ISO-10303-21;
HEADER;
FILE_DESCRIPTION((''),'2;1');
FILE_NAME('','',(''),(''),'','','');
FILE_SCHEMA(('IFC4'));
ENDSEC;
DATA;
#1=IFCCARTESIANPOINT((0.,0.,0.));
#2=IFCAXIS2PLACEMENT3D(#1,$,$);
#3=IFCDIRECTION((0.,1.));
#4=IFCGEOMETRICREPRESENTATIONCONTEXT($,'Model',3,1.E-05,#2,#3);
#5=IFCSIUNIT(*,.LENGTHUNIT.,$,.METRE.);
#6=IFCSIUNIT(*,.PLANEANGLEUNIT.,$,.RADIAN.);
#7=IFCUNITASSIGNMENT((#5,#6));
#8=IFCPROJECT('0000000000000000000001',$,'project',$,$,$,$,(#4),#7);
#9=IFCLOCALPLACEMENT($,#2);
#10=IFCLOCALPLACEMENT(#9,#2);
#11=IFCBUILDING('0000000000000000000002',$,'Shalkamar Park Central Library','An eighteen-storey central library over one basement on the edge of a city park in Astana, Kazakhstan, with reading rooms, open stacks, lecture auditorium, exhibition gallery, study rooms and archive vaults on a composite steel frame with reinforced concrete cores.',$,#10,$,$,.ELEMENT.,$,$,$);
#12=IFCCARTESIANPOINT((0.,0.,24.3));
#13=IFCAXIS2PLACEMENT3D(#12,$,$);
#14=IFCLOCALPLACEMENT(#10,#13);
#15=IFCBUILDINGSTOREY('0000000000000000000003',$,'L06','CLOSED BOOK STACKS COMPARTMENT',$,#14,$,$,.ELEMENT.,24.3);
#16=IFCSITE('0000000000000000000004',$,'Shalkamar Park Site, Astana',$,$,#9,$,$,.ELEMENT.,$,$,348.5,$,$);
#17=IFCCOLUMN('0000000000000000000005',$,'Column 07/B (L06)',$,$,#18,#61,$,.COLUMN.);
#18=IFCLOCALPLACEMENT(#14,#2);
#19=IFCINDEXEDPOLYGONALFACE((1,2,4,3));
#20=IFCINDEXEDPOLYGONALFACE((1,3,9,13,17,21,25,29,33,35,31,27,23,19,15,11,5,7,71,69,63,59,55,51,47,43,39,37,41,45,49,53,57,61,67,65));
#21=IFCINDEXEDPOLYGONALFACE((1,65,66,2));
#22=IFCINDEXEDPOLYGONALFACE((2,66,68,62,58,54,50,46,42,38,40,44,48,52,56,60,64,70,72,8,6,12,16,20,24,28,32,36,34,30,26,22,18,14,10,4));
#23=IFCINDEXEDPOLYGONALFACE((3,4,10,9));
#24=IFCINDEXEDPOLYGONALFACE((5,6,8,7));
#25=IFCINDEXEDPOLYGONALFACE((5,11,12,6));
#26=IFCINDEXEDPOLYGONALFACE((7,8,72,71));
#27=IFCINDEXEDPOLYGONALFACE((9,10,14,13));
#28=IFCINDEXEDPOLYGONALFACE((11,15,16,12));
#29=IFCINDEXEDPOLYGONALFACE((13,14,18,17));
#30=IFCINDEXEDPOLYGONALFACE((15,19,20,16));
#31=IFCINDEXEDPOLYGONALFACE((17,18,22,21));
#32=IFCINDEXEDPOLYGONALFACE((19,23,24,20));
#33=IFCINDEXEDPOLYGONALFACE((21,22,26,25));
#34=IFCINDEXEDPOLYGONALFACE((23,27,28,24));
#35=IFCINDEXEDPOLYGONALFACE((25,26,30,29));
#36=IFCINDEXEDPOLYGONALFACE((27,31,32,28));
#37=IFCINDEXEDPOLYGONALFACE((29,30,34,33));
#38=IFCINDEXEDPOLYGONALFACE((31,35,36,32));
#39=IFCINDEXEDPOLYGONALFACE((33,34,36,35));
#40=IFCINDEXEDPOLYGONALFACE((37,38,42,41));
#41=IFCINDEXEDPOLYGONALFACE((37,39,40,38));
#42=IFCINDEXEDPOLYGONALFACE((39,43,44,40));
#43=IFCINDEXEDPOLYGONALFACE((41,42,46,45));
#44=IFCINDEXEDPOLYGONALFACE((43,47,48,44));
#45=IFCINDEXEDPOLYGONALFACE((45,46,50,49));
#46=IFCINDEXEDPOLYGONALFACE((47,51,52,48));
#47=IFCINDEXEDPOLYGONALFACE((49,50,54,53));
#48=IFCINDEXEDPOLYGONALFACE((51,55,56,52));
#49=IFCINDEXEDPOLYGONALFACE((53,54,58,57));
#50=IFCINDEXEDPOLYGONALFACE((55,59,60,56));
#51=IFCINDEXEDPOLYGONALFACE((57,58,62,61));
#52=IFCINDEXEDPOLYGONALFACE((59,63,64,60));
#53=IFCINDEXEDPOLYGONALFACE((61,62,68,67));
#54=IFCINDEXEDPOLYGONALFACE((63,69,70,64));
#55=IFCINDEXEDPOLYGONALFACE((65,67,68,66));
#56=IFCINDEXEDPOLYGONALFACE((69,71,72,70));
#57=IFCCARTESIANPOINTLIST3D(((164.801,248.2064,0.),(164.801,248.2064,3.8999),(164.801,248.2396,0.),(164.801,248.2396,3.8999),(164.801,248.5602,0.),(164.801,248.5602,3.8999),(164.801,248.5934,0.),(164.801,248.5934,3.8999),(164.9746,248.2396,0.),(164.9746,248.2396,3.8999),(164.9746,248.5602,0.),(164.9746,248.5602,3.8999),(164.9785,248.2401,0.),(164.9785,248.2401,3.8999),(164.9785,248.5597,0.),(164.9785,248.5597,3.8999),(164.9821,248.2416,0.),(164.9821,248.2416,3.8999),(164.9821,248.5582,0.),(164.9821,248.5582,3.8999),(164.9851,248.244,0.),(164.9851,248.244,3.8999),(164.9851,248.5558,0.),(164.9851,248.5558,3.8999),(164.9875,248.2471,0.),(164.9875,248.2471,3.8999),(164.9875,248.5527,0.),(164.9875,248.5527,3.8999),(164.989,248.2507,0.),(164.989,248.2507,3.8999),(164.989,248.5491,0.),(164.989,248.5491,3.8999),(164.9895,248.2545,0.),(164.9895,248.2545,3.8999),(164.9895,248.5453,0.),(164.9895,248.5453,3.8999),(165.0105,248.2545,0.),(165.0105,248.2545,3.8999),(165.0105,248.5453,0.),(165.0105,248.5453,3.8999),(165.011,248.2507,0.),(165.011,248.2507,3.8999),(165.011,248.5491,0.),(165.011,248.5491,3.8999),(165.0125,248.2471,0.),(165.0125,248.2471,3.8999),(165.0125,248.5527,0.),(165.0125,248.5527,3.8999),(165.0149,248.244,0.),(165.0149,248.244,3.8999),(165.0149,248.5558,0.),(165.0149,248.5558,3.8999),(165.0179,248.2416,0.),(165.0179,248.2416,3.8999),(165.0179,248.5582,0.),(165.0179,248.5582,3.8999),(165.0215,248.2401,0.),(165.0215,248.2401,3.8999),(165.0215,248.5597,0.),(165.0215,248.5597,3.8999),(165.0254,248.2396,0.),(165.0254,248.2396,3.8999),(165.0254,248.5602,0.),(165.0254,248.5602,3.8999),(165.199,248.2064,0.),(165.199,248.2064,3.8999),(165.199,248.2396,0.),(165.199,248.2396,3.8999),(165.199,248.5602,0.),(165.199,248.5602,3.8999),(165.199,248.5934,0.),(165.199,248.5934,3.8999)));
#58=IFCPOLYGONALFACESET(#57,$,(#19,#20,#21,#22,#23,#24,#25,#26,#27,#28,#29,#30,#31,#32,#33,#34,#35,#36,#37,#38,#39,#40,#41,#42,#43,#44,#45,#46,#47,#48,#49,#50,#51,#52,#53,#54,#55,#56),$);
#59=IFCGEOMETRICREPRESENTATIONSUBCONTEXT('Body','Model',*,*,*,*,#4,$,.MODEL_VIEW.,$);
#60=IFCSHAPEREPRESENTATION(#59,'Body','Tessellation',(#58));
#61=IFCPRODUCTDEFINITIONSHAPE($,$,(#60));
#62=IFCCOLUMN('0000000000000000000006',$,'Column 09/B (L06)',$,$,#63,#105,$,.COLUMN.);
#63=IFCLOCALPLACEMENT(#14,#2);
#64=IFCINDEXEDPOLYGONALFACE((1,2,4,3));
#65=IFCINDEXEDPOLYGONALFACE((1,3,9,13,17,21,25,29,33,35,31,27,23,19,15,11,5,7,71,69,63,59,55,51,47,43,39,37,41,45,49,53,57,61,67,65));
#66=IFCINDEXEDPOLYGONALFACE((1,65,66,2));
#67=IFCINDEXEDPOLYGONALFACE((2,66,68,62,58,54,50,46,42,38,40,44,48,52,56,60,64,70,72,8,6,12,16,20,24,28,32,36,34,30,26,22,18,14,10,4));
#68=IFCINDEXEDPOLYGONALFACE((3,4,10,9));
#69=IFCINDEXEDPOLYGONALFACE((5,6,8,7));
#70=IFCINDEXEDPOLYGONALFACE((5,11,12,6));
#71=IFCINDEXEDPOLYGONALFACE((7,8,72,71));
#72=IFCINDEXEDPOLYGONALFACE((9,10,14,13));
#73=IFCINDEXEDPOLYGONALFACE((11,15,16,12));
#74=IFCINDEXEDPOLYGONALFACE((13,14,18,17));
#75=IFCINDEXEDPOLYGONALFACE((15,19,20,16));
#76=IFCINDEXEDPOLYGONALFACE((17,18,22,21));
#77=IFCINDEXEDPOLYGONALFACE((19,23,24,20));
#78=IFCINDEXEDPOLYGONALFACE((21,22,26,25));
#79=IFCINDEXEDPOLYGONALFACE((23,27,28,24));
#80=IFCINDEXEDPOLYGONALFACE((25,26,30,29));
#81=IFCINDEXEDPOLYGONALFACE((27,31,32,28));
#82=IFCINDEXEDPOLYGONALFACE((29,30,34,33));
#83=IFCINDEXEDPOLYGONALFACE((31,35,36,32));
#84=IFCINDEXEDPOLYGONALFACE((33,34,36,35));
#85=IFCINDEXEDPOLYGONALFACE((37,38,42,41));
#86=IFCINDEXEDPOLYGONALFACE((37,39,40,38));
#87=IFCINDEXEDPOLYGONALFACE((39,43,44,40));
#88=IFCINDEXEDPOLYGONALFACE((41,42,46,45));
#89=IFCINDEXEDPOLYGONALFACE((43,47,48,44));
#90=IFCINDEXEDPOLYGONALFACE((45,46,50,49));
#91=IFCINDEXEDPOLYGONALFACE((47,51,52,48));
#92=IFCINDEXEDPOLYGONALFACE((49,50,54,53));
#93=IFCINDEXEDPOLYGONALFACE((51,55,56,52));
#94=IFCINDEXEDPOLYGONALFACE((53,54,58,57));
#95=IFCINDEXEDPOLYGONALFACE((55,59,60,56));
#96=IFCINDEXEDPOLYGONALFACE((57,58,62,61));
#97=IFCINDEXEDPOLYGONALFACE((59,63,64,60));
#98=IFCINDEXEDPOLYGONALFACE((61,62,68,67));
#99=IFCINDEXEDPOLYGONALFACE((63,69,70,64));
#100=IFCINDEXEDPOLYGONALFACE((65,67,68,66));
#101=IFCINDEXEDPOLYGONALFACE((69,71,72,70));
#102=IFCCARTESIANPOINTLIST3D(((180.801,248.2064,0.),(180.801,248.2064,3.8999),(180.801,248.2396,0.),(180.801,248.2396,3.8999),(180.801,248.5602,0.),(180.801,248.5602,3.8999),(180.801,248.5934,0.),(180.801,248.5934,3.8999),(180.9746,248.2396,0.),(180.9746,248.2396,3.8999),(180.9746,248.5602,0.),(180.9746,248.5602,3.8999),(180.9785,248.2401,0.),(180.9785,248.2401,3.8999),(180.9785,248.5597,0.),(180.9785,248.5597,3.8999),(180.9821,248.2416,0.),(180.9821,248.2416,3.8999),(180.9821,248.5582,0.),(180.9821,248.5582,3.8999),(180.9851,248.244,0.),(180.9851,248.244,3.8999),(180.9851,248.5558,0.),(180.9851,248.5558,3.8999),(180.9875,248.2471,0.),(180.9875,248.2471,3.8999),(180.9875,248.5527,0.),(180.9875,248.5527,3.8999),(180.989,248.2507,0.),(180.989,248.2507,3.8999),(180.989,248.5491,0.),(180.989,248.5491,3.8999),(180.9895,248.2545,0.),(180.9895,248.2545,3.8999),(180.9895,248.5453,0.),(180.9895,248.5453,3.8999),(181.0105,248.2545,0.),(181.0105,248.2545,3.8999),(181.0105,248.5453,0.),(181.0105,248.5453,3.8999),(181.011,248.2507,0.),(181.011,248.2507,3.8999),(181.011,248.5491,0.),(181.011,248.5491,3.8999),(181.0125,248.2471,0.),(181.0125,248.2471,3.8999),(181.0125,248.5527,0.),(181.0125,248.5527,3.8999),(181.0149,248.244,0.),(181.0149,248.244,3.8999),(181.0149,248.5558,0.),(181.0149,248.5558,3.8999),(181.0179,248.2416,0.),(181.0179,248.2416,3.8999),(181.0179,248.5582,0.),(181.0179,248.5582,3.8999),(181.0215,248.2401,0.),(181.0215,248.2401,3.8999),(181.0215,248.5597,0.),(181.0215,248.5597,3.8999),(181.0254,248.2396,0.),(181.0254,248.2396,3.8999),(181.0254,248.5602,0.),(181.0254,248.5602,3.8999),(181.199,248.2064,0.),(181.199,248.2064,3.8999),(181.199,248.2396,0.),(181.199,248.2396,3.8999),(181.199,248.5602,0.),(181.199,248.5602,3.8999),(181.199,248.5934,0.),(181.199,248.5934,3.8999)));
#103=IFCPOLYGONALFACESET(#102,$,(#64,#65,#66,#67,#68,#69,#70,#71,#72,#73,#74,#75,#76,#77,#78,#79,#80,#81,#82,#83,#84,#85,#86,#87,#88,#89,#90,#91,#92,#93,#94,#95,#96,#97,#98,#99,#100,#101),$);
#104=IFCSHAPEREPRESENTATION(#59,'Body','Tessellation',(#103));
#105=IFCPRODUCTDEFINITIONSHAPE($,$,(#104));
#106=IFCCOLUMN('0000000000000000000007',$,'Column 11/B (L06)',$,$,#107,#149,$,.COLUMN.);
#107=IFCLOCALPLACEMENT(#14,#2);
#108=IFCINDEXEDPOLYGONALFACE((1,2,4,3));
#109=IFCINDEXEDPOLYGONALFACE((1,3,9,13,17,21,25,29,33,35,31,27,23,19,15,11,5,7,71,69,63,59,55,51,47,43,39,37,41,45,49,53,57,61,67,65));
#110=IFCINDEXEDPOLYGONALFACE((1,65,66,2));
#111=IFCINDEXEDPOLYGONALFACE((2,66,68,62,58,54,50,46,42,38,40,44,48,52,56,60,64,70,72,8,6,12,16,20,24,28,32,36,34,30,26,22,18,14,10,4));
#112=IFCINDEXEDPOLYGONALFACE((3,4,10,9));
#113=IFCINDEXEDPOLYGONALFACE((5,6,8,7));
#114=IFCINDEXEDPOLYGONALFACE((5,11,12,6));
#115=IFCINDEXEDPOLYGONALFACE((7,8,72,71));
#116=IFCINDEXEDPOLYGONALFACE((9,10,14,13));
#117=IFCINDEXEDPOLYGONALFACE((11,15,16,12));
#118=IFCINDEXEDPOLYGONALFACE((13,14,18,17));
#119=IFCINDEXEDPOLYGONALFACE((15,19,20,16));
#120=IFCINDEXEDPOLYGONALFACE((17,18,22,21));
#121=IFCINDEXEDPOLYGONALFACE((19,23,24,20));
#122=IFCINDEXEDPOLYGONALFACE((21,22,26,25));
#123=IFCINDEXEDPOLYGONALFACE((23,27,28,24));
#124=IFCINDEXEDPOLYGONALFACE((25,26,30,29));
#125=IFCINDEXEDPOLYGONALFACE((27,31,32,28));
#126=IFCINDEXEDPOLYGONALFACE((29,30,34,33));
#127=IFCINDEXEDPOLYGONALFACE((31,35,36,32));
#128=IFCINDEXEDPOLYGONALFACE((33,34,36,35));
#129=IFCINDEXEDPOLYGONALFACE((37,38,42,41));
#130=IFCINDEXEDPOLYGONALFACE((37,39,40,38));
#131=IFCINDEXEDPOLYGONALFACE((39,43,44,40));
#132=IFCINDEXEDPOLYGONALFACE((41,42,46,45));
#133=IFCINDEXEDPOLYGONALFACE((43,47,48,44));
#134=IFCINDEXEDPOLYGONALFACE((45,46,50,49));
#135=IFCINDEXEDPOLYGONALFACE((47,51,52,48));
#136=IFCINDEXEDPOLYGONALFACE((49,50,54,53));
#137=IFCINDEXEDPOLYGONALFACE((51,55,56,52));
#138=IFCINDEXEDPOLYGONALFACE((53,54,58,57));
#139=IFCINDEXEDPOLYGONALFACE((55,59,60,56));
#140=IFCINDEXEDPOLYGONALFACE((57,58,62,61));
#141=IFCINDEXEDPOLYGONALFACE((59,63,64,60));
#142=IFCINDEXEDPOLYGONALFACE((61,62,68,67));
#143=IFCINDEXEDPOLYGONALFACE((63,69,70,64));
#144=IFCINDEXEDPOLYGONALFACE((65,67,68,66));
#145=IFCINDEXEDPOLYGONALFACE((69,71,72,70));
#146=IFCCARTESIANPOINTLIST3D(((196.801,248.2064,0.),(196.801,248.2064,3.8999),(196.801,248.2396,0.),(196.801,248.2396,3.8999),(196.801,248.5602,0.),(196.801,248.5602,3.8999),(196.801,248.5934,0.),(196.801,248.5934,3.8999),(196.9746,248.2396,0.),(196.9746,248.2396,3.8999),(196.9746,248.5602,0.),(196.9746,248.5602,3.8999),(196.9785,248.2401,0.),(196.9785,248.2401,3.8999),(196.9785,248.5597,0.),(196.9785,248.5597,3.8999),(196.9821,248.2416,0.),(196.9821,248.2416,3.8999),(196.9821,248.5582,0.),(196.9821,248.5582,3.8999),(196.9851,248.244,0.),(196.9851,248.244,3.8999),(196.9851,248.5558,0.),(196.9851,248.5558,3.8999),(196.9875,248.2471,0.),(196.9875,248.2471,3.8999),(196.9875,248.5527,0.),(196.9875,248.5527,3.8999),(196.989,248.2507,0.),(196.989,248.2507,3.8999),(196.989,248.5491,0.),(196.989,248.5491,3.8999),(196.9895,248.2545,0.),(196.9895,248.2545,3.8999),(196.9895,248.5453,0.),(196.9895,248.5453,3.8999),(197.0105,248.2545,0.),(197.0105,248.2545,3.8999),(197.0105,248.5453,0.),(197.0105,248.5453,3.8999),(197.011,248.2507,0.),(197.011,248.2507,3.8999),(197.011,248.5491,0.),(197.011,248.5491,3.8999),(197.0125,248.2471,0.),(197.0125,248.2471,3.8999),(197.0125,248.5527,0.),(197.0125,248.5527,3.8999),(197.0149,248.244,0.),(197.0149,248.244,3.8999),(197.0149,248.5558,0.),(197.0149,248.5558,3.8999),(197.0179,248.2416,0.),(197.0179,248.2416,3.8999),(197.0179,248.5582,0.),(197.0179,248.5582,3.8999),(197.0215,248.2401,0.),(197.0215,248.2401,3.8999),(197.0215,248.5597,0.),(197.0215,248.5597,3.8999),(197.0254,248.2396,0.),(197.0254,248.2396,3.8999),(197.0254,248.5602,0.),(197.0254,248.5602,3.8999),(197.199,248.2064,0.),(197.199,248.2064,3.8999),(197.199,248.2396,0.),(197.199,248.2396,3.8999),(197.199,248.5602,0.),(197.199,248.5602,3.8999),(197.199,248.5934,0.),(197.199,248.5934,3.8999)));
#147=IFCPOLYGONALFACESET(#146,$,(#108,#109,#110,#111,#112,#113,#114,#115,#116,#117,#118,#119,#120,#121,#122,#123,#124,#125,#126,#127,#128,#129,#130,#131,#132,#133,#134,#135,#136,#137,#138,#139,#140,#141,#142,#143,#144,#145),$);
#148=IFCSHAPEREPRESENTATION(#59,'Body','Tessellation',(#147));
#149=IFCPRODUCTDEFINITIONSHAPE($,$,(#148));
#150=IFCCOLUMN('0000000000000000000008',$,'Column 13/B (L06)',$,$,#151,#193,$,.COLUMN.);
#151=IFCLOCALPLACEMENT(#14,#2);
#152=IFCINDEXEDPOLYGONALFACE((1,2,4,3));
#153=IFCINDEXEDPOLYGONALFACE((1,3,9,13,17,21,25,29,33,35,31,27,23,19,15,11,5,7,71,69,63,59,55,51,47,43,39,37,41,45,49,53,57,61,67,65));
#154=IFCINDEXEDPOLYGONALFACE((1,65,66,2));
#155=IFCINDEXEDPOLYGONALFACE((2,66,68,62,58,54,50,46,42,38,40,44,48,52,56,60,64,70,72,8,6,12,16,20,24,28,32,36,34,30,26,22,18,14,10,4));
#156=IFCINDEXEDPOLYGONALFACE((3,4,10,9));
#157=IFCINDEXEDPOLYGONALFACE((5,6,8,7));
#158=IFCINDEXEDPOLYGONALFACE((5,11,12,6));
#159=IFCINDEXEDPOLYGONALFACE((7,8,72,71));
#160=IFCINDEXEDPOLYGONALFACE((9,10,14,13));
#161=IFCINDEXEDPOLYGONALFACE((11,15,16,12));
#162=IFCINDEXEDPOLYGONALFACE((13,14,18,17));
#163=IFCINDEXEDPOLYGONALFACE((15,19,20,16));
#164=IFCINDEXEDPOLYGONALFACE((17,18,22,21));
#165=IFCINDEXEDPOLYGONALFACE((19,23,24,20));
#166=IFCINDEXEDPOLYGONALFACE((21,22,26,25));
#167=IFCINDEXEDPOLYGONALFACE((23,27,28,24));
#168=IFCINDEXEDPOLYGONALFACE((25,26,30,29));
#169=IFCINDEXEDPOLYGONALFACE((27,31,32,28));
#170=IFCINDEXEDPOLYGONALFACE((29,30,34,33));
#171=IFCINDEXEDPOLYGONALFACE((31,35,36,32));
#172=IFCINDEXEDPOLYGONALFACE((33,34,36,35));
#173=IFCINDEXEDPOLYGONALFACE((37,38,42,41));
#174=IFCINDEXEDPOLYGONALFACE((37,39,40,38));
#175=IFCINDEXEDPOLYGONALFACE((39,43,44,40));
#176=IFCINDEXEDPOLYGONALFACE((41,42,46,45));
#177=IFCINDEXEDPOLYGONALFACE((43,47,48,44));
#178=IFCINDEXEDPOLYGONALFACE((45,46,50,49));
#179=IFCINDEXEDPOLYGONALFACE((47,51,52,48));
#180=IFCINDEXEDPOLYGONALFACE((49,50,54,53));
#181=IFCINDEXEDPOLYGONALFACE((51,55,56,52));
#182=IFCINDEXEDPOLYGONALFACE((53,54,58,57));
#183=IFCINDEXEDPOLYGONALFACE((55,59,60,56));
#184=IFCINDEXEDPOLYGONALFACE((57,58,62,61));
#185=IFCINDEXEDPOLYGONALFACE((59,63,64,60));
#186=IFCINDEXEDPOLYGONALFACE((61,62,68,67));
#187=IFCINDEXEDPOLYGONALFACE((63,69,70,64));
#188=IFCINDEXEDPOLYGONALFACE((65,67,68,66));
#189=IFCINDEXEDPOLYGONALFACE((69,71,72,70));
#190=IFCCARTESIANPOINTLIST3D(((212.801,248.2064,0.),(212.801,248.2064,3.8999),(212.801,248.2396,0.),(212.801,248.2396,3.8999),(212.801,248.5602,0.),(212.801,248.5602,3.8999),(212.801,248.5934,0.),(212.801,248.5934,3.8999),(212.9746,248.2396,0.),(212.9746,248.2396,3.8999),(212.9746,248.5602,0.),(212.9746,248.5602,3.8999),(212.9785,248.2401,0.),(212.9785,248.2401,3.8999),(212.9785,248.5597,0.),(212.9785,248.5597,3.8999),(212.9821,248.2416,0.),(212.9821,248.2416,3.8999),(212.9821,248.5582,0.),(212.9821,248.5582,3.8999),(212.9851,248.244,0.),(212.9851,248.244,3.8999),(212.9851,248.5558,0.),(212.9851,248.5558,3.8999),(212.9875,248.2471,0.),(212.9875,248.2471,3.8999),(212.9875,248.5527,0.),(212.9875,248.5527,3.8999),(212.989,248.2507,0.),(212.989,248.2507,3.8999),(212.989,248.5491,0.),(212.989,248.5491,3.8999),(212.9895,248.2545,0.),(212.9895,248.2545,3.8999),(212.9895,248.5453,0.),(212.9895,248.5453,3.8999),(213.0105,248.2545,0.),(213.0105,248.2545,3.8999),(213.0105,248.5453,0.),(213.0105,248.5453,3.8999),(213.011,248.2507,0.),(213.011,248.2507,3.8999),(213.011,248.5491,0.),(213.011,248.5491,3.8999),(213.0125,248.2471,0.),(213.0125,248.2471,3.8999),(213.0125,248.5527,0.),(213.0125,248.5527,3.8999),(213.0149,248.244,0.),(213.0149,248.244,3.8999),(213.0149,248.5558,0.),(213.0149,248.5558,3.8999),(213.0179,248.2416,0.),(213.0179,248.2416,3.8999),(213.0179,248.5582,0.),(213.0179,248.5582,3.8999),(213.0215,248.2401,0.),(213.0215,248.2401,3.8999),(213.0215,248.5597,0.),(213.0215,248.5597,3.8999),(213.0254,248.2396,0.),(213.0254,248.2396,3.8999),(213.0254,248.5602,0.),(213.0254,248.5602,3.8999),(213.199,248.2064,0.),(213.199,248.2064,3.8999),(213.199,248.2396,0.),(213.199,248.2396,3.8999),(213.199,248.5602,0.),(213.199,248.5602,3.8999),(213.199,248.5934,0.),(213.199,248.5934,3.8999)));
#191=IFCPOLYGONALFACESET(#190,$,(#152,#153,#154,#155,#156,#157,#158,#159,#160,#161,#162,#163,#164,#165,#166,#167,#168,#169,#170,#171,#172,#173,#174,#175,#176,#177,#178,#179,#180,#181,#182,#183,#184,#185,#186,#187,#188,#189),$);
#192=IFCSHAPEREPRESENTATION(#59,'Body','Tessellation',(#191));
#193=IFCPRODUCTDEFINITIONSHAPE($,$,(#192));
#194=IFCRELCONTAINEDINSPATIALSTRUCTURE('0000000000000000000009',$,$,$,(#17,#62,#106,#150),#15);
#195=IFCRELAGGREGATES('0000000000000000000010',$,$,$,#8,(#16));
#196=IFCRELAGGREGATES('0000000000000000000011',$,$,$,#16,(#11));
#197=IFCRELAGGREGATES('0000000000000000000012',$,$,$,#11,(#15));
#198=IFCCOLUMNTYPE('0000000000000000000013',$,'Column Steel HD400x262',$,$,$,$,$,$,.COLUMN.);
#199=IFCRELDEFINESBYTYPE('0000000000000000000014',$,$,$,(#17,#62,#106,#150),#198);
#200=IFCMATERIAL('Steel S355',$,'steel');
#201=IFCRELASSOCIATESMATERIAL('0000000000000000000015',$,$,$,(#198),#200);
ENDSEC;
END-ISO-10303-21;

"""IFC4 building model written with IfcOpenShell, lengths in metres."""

from ifc_helpers import new_model, si_unit, direction, frame, origin, origin_2d, place, context, subcontext, project, spatial, i_section, extrude, material, material_profile, profile_set, type_object, element, save


model = new_model("IFC4")

# Units and contexts
model_context = context("Model", 3, precision=1e-05, world=origin(), true_north=direction((0.0, 1.0)))
body_context = subcontext(model_context, "Body", "Model", "MODEL_VIEW")
ifc_project = project(units=[si_unit("LENGTHUNIT", "METRE"), si_unit("PLANEANGLEUNIT", "RADIAN")], contexts=[model_context])

# Site, building, storey
site_placement = place(None, origin())
site = spatial("IfcSite", under=ifc_project, at=site_placement, Name="Shalkamar Park Site, Astana", CompositionType="ELEMENT", RefElevation=348.5)
building_placement = place(site_placement, origin())
building = spatial("IfcBuilding", under=site, at=building_placement, Name="Shalkamar Park Central Library", Description="An eighteen-storey central library over one basement on the edge of a city park in Astana, Kazakhstan, with reading rooms, open stacks, lecture auditorium, exhibition gallery, study rooms and archive vaults on a composite steel frame with reinforced concrete cores.", CompositionType="ELEMENT")
storey_placement = place(building_placement, frame((0.0, 0.0, 24.3)))
storey = spatial("IfcBuildingStorey", under=building, at=storey_placement, Name="L06", Description="CLOSED BOOK STACKS COMPARTMENT", CompositionType="ELEMENT", Elevation=24.3)

# Columns
ifc_material_1 = material(Name="Steel S355", Category="steel")
ifc_material_profile_1 = material_profile(ifc_material_1, i_section(OverallWidth=0.3979, OverallDepth=0.387, WebThickness=0.021, FlangeThickness=0.0332, FilletRadius=0.0149, at=origin_2d()), Name="HD 400x262")
ifc_profile_set_1 = profile_set([ifc_material_profile_1], Name="Steel S355")
column_type_1 = type_object("IfcColumnType", Name="Column Steel HD400x262", PredefinedType="COLUMN", material=ifc_profile_set_1)
for number, where, z_axis, x_axis, name in (
    (1, (165.0, 248.3999, 0.0), (0.0, 0.0, 1.0), (1.0, 0.0, 0.0), "Column 07/B (L06)"),
    (2, (181.0, 248.3999, 0.0), (0.0, 0.0, 1.0), (1.0, 0.0, 0.0), "Column 09/B (L06)"),
    (3, (197.0, 248.3999, 0.0), (0.0, 0.0, 1.0), (1.0, 0.0, 0.0), "Column 11/B (L06)"),
    (4, (213.0, 248.3999, 0.0), (0.0, 0.0, 1.0), (1.0, 0.0, 0.0), "Column 13/B (L06)"),
):
    element("IfcColumn", number, at=place(storey_placement, frame(where, z_axis=z_axis, x_axis=x_axis)), inside=storey, type_object=column_type_1, Name=name, PredefinedType="COLUMN", context=body_context, shape_type="SweptSolid", body=[
        extrude(i_section(OverallWidth=0.3979, OverallDepth=0.387, WebThickness=0.021, FlangeThickness=0.0332, FilletRadius=0.0149, at=origin_2d()), origin(), (0.0, 0.0, 1.0), 3.8999),
    ])

save(model, "model.ifc")
